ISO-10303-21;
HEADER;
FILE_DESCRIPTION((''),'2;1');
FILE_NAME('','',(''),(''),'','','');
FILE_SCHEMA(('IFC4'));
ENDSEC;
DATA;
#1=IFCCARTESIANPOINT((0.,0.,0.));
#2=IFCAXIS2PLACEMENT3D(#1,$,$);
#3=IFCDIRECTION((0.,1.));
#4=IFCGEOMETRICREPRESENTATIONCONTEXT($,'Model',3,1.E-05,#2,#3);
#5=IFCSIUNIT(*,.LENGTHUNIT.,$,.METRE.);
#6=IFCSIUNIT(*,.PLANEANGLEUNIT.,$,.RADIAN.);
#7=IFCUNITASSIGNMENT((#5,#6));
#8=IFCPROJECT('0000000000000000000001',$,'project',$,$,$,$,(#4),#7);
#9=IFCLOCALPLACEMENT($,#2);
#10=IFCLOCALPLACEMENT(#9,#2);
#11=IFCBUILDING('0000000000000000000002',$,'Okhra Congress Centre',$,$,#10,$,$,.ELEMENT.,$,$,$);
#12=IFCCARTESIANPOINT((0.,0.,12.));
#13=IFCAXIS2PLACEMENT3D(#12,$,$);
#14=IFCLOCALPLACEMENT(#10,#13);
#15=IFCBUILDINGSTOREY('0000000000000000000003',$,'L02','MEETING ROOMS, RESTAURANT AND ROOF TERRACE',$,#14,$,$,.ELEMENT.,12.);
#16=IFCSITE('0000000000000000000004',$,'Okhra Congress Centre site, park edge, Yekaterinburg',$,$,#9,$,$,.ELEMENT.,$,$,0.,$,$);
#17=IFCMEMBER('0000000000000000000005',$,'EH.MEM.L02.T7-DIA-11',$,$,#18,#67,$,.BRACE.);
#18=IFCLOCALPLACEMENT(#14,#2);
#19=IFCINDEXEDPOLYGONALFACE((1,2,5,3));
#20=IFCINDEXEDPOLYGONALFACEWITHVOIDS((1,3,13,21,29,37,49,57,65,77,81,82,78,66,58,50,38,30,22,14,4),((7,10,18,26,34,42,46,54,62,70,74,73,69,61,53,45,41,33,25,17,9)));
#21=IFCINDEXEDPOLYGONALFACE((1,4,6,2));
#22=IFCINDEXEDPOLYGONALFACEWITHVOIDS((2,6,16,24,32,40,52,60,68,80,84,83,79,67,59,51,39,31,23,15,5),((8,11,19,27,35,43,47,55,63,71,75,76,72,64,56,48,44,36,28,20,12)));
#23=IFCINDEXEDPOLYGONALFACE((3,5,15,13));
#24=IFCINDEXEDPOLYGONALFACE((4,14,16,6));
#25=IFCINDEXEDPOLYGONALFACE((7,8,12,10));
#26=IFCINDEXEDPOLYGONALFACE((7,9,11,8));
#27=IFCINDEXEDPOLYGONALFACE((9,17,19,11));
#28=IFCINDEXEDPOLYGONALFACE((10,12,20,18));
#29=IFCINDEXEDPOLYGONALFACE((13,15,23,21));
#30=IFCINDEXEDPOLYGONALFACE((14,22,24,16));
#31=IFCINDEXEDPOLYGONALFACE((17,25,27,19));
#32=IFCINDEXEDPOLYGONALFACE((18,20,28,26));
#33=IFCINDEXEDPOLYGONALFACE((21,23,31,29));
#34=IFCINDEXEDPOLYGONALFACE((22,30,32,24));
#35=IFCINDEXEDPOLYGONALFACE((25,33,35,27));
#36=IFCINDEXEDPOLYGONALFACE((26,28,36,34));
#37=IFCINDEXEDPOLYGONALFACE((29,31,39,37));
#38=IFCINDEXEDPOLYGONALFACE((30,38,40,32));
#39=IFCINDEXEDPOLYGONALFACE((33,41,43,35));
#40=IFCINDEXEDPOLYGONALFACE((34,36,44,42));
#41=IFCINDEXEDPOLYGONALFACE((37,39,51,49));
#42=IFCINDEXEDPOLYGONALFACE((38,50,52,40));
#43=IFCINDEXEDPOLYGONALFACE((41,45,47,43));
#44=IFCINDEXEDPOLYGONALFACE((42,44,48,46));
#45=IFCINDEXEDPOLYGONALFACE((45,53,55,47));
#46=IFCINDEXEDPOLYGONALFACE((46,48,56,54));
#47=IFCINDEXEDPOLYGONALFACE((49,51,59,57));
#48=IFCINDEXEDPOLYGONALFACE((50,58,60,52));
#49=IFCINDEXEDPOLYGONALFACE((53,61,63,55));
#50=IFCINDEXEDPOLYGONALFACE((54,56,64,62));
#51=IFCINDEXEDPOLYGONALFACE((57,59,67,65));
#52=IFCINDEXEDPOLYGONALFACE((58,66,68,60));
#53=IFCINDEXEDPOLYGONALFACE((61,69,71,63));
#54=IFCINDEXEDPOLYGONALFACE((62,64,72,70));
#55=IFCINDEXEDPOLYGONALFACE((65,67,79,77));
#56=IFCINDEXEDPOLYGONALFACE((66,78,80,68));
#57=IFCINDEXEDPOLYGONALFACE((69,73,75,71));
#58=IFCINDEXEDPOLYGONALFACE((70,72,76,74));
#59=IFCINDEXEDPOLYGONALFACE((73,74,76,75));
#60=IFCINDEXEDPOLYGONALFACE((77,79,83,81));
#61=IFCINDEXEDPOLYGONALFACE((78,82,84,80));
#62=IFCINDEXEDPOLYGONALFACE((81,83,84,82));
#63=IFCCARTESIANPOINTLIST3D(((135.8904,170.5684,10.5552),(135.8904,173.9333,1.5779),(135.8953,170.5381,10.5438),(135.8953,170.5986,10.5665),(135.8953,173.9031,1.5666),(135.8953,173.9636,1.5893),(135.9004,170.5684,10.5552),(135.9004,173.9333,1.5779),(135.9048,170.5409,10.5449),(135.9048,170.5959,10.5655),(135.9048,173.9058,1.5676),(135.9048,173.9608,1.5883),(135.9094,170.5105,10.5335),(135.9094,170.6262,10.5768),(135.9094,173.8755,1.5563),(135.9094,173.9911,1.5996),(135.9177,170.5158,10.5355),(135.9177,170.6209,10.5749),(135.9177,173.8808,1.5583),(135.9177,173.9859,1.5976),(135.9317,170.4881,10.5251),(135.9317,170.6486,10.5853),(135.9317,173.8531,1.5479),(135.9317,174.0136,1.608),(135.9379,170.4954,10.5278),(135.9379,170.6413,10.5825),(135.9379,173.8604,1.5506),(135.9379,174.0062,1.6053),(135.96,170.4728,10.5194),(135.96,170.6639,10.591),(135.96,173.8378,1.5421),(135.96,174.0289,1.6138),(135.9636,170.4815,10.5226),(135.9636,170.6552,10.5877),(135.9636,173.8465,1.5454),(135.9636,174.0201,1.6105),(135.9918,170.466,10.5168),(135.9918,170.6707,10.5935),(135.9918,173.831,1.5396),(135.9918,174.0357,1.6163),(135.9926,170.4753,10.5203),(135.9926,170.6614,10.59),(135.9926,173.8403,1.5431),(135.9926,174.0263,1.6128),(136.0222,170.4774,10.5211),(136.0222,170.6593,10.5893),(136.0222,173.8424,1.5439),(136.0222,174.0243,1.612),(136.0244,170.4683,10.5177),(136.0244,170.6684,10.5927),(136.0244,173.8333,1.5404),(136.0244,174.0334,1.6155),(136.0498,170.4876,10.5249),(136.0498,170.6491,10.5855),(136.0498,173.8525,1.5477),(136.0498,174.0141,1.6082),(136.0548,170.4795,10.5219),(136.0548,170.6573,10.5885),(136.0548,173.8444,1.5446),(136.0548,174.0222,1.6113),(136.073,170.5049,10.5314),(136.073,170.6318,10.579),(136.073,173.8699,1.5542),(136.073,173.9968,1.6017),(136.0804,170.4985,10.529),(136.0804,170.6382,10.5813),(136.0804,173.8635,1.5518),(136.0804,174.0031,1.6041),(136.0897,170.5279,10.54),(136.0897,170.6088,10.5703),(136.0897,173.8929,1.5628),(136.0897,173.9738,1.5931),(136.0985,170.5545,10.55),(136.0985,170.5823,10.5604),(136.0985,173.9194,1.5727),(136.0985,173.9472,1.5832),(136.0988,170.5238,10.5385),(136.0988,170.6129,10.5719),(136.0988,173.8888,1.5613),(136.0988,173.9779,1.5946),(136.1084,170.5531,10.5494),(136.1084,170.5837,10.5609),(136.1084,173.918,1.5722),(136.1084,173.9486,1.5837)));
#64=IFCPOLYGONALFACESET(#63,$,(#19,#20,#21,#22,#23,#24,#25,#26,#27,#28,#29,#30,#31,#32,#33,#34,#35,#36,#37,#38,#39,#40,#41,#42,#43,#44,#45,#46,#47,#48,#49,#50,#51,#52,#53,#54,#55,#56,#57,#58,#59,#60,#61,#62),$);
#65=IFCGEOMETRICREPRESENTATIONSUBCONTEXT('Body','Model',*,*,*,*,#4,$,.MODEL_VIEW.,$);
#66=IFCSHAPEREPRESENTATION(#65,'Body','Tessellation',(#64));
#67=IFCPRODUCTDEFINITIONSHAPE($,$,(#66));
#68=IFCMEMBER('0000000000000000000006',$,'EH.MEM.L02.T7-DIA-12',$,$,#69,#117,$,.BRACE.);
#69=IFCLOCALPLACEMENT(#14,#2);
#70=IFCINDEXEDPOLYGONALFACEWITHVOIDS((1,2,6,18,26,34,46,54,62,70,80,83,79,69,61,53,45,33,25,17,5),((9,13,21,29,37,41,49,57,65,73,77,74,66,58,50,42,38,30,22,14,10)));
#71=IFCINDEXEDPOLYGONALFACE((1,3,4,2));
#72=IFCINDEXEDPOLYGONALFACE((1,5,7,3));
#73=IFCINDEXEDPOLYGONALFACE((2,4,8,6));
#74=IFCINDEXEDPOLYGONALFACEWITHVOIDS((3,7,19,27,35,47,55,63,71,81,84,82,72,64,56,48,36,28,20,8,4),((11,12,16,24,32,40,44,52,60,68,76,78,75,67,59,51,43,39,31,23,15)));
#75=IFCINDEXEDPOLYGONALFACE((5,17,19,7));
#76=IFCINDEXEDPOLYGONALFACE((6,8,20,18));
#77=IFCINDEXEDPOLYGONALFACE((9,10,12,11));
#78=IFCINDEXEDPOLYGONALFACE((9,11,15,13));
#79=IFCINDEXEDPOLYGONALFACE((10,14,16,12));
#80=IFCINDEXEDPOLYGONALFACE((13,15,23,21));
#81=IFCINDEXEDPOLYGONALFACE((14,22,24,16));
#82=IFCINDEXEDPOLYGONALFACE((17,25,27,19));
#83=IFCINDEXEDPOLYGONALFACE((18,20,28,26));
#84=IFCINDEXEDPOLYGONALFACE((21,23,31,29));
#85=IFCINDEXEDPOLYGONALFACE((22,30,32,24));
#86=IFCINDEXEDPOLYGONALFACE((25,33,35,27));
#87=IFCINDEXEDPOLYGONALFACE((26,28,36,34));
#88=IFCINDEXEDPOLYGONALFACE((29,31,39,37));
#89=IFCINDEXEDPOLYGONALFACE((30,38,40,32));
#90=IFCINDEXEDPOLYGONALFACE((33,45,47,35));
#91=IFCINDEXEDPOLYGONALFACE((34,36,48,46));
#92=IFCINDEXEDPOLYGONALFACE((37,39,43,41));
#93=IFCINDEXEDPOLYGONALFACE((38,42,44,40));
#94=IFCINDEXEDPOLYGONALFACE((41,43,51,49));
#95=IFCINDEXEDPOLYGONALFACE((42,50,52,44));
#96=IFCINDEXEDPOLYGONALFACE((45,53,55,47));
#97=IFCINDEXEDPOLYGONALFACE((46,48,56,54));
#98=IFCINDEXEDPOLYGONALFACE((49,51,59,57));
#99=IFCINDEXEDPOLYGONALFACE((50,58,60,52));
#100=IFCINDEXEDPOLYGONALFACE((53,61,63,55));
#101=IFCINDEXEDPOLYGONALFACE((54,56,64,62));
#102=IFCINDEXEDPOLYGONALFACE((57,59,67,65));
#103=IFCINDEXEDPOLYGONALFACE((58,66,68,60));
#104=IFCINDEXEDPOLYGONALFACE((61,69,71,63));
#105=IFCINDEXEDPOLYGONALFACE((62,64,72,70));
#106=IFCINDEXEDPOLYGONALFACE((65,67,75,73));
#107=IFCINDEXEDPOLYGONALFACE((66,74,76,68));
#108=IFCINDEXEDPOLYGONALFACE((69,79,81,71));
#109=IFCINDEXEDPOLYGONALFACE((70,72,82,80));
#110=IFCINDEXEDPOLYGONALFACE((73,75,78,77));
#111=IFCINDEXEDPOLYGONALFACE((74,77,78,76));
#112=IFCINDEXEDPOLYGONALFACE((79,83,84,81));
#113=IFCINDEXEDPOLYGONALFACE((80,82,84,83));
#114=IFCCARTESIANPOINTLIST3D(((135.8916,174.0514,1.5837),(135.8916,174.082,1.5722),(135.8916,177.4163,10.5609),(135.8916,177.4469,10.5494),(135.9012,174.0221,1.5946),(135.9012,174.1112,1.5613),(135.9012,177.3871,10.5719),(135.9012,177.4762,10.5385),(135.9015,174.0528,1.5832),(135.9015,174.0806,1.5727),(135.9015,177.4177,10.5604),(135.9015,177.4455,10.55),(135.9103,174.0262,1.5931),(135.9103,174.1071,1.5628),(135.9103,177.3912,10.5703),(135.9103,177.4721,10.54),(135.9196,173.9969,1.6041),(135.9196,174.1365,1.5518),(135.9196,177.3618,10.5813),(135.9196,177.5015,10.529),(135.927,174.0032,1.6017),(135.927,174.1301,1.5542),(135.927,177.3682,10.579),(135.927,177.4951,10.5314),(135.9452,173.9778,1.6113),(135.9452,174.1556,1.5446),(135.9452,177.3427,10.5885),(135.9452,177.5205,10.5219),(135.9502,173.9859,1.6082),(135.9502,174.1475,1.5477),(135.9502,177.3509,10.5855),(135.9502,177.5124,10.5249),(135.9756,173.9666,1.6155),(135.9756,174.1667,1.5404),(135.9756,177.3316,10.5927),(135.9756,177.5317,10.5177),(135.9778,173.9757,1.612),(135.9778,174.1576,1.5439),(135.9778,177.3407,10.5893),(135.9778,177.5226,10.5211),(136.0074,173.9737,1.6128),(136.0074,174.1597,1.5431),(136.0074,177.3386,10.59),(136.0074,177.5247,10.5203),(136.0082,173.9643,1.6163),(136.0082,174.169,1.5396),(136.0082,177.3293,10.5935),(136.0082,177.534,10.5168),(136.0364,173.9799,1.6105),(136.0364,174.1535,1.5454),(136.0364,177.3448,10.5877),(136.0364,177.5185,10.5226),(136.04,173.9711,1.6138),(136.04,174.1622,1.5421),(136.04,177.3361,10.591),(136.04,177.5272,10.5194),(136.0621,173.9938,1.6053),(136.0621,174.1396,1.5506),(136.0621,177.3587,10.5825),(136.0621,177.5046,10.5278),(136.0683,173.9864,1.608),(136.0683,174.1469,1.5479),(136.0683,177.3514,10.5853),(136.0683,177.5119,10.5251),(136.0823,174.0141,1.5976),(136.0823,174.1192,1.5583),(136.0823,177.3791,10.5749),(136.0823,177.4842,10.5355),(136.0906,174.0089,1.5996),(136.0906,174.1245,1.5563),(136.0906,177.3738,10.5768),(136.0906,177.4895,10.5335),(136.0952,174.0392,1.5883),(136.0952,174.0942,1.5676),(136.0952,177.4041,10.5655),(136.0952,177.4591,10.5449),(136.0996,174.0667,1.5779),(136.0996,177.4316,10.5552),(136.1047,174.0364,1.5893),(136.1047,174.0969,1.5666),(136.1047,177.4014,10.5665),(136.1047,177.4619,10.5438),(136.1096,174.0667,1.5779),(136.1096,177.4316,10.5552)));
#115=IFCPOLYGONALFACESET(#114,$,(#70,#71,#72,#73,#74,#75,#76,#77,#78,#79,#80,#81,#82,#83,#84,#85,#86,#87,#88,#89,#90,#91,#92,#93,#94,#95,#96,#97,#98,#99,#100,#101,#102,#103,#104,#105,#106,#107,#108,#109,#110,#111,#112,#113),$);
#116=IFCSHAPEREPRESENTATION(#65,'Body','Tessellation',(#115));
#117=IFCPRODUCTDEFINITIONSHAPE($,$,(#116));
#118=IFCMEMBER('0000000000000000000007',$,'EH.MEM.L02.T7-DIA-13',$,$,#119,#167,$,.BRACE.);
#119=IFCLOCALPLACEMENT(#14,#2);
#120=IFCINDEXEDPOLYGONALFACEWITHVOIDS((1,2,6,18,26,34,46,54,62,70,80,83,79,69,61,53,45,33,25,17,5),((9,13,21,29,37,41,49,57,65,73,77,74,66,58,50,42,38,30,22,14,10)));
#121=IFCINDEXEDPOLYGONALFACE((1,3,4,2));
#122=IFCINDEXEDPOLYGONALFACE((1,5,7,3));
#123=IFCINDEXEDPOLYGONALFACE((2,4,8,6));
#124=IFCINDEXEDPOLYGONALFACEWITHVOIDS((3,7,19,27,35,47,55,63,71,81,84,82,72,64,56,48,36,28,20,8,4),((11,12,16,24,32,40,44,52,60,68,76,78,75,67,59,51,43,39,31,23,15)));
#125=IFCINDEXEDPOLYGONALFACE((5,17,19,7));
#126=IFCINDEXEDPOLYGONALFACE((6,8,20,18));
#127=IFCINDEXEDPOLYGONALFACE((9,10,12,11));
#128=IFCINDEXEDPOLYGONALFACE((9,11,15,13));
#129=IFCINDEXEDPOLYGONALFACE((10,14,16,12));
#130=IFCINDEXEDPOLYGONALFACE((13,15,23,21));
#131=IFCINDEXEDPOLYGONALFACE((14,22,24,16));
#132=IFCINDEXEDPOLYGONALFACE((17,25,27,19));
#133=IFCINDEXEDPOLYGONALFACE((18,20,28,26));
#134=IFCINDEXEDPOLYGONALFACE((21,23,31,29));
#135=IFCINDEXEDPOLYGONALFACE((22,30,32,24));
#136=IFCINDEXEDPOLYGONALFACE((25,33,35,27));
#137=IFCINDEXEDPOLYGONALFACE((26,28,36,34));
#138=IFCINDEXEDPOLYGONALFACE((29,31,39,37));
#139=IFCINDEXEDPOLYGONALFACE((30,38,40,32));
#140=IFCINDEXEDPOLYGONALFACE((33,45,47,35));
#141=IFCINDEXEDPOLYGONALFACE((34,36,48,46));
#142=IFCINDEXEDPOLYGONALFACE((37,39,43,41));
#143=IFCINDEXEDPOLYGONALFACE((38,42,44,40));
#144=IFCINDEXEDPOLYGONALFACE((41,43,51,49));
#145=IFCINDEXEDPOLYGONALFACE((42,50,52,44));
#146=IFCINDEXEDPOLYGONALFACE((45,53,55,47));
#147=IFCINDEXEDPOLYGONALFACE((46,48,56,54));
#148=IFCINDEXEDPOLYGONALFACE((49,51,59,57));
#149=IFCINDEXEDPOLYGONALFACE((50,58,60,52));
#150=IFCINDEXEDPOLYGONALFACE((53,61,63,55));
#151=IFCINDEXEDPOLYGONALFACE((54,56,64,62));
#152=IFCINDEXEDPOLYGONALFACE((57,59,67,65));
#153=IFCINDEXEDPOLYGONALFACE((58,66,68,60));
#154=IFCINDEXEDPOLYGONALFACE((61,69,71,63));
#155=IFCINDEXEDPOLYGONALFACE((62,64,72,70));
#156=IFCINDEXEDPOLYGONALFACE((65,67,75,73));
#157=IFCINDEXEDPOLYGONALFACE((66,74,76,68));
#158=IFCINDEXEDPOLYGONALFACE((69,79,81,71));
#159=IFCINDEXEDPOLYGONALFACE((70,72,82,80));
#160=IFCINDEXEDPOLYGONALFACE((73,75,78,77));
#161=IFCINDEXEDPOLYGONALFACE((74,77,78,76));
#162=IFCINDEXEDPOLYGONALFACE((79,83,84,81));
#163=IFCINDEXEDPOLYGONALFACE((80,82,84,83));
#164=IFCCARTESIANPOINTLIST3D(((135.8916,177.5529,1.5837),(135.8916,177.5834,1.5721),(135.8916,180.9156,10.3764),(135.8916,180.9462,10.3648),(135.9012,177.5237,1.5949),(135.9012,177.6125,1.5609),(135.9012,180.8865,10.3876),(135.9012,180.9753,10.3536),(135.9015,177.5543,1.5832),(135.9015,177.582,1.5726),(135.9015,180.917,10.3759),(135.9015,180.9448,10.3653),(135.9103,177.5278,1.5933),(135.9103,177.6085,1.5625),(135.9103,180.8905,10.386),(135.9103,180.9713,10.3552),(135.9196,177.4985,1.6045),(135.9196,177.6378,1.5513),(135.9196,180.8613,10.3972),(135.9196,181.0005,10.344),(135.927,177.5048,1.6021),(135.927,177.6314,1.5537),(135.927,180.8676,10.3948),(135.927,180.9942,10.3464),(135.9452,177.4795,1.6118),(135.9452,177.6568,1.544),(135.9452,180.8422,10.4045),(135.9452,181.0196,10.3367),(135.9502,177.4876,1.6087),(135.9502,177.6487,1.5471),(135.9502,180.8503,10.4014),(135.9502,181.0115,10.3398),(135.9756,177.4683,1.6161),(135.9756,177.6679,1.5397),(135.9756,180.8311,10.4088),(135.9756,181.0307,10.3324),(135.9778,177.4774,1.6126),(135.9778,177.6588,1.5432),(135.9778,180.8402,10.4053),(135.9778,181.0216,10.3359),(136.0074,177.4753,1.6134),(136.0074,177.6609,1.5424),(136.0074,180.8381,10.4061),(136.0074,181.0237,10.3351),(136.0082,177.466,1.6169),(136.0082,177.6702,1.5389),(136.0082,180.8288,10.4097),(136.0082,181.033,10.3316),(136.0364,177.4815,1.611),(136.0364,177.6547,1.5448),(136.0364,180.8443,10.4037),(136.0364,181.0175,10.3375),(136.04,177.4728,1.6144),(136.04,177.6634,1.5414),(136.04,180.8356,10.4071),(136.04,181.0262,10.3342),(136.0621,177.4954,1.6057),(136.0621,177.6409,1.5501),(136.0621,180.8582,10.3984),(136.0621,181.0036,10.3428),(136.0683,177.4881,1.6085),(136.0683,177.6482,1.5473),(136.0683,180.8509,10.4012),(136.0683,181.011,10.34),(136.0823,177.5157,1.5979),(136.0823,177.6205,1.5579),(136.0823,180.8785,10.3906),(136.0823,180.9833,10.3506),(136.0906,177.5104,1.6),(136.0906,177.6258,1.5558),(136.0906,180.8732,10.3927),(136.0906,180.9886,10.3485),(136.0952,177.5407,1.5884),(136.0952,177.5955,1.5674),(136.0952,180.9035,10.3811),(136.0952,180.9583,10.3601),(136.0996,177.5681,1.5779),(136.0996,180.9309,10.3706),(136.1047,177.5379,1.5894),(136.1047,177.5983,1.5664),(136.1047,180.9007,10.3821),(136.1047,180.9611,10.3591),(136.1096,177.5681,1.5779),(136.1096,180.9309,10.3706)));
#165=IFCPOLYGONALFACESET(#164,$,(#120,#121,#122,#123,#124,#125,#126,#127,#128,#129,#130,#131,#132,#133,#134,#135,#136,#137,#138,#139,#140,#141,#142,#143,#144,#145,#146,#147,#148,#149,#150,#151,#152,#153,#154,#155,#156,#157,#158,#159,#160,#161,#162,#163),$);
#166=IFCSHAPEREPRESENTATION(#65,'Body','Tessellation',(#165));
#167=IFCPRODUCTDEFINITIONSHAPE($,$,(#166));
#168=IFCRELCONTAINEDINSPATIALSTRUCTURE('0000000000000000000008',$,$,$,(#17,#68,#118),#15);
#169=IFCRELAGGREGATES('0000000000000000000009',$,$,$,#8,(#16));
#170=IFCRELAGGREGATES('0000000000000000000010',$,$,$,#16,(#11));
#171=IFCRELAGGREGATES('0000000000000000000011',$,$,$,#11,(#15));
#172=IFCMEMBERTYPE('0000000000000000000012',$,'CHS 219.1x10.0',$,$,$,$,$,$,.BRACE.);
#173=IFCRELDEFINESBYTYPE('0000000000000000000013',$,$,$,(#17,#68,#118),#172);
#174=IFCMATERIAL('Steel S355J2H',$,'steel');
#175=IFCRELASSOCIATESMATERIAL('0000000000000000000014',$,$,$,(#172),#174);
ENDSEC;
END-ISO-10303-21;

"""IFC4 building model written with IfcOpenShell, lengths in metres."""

from ifc_helpers import new_model, si_unit, direction, frame, origin, origin_2d, place, context, subcontext, project, spatial, hollow_circle, extrude, material, material_profile, profile_set, type_object, element, save


model = new_model("IFC4")

# Units and contexts
model_context = context("Model", 3, precision=1e-05, world=origin(), true_north=direction((0.0, 1.0)))
body_context = subcontext(model_context, "Body", "Model", "MODEL_VIEW")
ifc_project = project(units=[si_unit("LENGTHUNIT", "METRE"), si_unit("PLANEANGLEUNIT", "RADIAN")], contexts=[model_context])

# Site, building, storey
site_placement = place(None, origin())
site = spatial("IfcSite", under=ifc_project, at=site_placement, Name="Okhra Congress Centre site, park edge, Yekaterinburg", CompositionType="ELEMENT", RefElevation=0.0)
building_placement = place(site_placement, origin())
building = spatial("IfcBuilding", under=site, at=building_placement, Name="Okhra Congress Centre", CompositionType="ELEMENT")
storey_placement = place(building_placement, frame((0.0, 0.0, 12.0)))
storey = spatial("IfcBuildingStorey", under=building, at=storey_placement, Name="L02", Description="MEETING ROOMS, RESTAURANT AND ROOF TERRACE", CompositionType="ELEMENT", Elevation=12.0)

# Members
ifc_material_1 = material(Name="Steel S355J2H", Category="steel")
ifc_material_profile_1 = material_profile(ifc_material_1, hollow_circle(Radius=0.1096, WallThickness=0.01, at=origin_2d()), Name="CHS 219.1x10.0")
ifc_profile_set_1 = profile_set([ifc_material_profile_1], Name="Steel S355J2H")
member_type_1 = type_object("IfcMemberType", Name="CHS 219.1x10.0", PredefinedType="BRACE", material=ifc_profile_set_1)
for number, where, z_axis, x_axis, name in (
    (1, (136.0, 170.5684, 10.5552), (0.0, 0.350987, -0.93638), (-1.0, 0.0, 0.0), "EH.MEM.L02.T7-DIA-11"),
    (2, (136.0, 177.4316, 10.5552), (0.0, -0.350987, -0.93638), (1.0, 0.0, 0.0), "EH.MEM.L02.T7-DIA-12"),
):
    element("IfcMember", number, at=place(storey_placement, frame(where, z_axis=z_axis, x_axis=x_axis)), inside=storey, type_object=member_type_1, Name=name, PredefinedType="BRACE", context=body_context, shape_type="SweptSolid", body=[
        extrude(hollow_circle(Radius=0.1096, WallThickness=0.01, at=origin_2d()), origin(), (0.0, 0.0, 1.0), 9.5872),
    ])
member_1_placement = place(storey_placement, frame((136.0, 180.9309, 10.3706), z_axis=(0.0, -0.357218, -0.934021), x_axis=(1.0, 0.0, 0.0)))
element("IfcMember", 3, at=member_1_placement, inside=storey, type_object=member_type_1, Name="EH.MEM.L02.T7-DIA-13", PredefinedType="BRACE", context=body_context, shape_type="SweptSolid", body=[
    extrude(hollow_circle(Radius=0.1096, WallThickness=0.01, at=origin_2d()), origin(), (0.0, 0.0, 1.0), 9.4138),
])

save(model, "model.ifc")
